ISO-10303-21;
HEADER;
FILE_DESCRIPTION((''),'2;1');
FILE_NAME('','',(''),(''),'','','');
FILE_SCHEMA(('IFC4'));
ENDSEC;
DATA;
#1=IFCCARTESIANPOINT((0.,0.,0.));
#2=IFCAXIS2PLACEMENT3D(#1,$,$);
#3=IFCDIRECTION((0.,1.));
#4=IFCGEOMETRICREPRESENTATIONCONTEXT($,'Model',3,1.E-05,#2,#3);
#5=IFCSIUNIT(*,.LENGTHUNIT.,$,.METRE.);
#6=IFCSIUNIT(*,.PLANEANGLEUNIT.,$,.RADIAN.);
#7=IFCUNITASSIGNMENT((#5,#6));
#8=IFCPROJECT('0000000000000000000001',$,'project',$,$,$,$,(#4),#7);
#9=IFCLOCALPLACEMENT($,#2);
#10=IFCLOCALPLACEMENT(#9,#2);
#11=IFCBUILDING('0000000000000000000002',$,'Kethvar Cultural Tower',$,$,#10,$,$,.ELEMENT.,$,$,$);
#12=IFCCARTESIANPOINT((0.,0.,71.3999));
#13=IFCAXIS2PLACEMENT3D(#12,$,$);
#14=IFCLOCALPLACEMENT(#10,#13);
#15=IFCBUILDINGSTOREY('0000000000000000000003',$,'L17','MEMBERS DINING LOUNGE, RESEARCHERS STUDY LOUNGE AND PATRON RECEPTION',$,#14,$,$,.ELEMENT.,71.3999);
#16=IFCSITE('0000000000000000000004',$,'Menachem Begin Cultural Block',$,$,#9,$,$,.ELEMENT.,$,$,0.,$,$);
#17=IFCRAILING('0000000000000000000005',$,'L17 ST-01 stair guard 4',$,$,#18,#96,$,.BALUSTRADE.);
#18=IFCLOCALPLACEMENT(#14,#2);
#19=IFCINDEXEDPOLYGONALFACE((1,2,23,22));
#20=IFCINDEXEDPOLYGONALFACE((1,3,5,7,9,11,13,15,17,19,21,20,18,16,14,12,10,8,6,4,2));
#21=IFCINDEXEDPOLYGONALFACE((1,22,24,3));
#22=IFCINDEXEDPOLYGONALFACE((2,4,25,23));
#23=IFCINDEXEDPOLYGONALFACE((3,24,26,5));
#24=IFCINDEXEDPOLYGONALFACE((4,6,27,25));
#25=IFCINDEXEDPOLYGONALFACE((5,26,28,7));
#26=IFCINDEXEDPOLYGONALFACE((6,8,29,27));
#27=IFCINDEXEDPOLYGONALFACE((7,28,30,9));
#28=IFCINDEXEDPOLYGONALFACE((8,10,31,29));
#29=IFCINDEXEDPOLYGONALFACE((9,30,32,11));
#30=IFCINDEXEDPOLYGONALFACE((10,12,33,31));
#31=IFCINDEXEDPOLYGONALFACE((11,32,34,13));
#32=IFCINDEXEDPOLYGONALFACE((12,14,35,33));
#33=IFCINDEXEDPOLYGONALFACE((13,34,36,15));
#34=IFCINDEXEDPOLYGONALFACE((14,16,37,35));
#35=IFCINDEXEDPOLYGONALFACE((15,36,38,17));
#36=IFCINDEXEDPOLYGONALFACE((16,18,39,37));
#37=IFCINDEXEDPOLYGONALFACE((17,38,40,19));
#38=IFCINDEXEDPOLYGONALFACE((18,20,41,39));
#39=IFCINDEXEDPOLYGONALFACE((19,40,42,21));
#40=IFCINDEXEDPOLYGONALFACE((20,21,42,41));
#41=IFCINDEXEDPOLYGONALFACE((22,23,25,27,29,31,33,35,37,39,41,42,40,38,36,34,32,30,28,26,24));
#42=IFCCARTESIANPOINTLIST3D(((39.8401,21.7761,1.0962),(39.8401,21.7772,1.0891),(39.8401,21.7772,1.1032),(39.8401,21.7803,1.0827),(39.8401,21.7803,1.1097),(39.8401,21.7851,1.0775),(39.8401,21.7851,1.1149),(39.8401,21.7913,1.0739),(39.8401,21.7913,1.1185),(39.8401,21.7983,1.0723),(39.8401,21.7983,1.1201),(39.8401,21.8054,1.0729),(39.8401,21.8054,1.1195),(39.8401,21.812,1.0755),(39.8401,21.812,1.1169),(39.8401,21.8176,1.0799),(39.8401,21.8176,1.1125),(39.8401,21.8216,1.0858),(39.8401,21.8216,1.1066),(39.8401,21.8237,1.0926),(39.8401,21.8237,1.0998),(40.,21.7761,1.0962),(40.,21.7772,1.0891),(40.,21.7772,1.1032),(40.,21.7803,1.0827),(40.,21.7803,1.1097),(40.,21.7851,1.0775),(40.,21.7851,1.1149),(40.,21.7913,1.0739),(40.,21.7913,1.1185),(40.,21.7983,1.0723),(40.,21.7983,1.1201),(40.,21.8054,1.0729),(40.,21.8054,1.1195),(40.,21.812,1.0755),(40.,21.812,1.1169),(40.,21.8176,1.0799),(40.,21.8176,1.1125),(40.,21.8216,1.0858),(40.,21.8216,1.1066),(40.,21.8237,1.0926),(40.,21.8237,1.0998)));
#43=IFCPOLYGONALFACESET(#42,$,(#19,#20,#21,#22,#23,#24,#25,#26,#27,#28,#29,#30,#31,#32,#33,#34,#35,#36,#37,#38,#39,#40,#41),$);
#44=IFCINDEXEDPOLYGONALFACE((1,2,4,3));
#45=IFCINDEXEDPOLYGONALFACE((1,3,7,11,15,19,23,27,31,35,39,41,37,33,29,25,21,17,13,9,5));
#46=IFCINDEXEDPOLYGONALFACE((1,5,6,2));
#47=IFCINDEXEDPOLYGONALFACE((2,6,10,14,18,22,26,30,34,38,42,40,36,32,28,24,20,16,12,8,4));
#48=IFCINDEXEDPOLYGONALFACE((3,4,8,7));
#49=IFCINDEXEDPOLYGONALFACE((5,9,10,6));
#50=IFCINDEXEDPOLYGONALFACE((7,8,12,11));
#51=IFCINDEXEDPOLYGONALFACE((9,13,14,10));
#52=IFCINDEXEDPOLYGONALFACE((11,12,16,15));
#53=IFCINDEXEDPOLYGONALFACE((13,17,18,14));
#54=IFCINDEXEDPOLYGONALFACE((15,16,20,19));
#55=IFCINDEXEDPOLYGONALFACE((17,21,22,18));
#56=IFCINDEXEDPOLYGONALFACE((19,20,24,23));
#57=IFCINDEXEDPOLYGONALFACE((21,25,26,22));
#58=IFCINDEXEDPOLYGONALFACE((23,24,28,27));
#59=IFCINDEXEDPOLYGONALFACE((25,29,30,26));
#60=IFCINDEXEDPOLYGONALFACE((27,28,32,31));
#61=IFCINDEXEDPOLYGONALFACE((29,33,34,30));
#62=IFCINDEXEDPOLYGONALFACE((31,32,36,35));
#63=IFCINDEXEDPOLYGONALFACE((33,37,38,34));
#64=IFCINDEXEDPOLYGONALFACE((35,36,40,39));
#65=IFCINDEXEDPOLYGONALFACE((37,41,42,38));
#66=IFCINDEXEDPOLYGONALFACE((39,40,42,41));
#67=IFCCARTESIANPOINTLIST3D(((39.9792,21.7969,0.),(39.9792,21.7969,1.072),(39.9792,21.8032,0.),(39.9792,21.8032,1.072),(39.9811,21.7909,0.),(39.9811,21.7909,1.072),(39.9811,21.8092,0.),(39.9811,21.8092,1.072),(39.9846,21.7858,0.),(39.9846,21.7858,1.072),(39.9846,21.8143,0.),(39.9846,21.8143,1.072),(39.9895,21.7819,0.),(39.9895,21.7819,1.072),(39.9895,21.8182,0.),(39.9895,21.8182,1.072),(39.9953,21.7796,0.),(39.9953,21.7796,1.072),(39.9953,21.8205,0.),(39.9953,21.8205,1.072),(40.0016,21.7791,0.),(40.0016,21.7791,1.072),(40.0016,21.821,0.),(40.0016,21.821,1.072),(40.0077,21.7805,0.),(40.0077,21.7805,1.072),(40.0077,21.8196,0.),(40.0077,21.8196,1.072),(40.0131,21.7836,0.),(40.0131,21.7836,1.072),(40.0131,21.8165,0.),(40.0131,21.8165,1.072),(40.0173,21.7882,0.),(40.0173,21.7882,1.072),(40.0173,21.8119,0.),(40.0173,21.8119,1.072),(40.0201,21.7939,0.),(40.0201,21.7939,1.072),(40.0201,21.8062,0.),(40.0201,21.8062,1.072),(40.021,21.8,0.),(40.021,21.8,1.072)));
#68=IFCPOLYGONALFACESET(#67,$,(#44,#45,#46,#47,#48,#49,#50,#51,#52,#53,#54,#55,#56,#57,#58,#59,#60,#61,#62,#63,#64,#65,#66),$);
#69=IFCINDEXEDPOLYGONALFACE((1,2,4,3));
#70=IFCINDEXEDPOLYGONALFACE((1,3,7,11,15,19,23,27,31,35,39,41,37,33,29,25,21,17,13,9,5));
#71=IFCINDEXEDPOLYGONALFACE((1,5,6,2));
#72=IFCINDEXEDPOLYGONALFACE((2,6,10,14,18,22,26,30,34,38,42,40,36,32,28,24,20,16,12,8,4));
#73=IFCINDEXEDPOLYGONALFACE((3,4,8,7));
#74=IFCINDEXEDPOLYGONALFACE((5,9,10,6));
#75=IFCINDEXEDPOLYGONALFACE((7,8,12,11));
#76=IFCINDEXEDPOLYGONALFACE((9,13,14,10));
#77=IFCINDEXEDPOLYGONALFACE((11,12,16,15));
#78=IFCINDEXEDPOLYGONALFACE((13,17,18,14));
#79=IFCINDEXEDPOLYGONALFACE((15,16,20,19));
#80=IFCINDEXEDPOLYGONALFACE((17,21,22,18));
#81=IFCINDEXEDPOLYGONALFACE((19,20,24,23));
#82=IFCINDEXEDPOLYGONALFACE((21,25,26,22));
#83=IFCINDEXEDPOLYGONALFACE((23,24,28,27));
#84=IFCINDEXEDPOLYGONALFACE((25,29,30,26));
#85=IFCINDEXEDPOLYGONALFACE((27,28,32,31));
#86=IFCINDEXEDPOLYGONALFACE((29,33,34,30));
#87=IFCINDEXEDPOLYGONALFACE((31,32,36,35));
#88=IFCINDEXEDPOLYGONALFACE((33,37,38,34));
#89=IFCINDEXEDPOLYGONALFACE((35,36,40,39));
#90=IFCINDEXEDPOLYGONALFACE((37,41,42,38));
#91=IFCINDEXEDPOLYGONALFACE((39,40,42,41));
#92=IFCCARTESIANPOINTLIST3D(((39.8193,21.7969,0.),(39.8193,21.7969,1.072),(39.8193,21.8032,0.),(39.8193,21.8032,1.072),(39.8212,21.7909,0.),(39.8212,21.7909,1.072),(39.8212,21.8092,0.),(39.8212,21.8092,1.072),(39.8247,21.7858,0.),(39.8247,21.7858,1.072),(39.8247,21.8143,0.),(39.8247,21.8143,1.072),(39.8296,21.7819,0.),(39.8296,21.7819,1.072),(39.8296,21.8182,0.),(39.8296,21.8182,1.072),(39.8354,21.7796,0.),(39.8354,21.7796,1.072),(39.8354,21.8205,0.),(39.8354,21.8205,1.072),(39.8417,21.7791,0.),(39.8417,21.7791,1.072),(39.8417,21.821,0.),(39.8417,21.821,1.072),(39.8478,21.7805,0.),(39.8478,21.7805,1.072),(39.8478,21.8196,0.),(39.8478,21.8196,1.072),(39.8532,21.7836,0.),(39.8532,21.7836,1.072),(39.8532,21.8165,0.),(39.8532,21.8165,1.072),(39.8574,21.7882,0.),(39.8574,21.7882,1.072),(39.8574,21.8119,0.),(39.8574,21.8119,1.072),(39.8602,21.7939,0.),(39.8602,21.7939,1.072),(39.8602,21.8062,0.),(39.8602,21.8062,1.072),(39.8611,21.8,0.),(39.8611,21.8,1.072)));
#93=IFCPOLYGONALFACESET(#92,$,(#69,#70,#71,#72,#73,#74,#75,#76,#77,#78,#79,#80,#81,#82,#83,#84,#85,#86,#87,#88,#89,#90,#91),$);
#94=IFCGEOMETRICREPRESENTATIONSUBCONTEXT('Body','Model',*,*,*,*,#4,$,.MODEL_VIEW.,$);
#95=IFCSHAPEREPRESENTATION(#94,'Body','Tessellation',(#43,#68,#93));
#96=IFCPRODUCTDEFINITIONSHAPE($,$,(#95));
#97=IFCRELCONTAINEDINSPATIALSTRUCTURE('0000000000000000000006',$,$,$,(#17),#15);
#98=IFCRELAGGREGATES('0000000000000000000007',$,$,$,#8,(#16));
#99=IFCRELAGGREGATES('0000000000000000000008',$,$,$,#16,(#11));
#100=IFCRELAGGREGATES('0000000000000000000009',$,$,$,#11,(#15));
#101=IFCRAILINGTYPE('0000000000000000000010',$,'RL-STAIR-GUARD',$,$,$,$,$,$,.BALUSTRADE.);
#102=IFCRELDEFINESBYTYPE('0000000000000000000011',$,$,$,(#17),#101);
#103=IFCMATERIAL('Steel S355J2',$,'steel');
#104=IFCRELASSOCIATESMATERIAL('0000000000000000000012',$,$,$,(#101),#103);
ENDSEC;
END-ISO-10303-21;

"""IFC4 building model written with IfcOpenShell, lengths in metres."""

from ifc_helpers import new_model, si_unit, direction, frame, origin, origin_2d, place, context, subcontext, project, spatial, circle, extrude, material, type_object, element, save


model = new_model("IFC4")

# Units and contexts
model_context = context("Model", 3, precision=1e-05, world=origin(), true_north=direction((0.0, 1.0)))
body_context = subcontext(model_context, "Body", "Model", "MODEL_VIEW")
ifc_project = project(units=[si_unit("LENGTHUNIT", "METRE"), si_unit("PLANEANGLEUNIT", "RADIAN")], contexts=[model_context])

# Site, building, storey
site_placement = place(None, origin())
site = spatial("IfcSite", under=ifc_project, at=site_placement, Name="Menachem Begin Cultural Block", CompositionType="ELEMENT", RefElevation=0.0)
building_placement = place(site_placement, origin())
building = spatial("IfcBuilding", under=site, at=building_placement, Name="Kethvar Cultural Tower", CompositionType="ELEMENT")
storey_placement = place(building_placement, frame((0.0, 0.0, 71.3999)))
storey = spatial("IfcBuildingStorey", under=building, at=storey_placement, Name="L17", Description="MEMBERS DINING LOUNGE, RESEARCHERS STUDY LOUNGE AND PATRON RECEPTION", CompositionType="ELEMENT", Elevation=71.3999)

# Shared definitions
ifc_material_1 = material(Name="Steel S355J2", Category="steel")

# Railing
railing_type_1 = type_object("IfcRailingType", Name="RL-STAIR-GUARD", PredefinedType="BALUSTRADE", material=ifc_material_1)
railing_1_placement = place(storey_placement, frame((40.0, 21.8, 0.0)))
element("IfcRailing", 1, at=railing_1_placement, inside=storey, type_object=railing_type_1, Name="L17 ST-01 stair guard 4", PredefinedType="BALUSTRADE", context=body_context, shape_type="SweptSolid", body=[
    extrude(circle(Radius=0.0239, at=origin_2d()), frame((0.0, 0.0, 1.0962), z_axis=(-1.0, 0.0, 0.0), x_axis=(0.0, -1.0, 0.0)), (0.0, 0.0, 1.0), 0.1599),
    extrude(circle(Radius=0.021, at=origin_2d()), origin(), (0.0, 0.0, 1.0), 1.072),
    extrude(circle(Radius=0.021, at=origin_2d()), frame((-0.1599, 0.0, 0.0)), (0.0, 0.0, 1.0), 1.072),
])

save(model, "model.ifc")
